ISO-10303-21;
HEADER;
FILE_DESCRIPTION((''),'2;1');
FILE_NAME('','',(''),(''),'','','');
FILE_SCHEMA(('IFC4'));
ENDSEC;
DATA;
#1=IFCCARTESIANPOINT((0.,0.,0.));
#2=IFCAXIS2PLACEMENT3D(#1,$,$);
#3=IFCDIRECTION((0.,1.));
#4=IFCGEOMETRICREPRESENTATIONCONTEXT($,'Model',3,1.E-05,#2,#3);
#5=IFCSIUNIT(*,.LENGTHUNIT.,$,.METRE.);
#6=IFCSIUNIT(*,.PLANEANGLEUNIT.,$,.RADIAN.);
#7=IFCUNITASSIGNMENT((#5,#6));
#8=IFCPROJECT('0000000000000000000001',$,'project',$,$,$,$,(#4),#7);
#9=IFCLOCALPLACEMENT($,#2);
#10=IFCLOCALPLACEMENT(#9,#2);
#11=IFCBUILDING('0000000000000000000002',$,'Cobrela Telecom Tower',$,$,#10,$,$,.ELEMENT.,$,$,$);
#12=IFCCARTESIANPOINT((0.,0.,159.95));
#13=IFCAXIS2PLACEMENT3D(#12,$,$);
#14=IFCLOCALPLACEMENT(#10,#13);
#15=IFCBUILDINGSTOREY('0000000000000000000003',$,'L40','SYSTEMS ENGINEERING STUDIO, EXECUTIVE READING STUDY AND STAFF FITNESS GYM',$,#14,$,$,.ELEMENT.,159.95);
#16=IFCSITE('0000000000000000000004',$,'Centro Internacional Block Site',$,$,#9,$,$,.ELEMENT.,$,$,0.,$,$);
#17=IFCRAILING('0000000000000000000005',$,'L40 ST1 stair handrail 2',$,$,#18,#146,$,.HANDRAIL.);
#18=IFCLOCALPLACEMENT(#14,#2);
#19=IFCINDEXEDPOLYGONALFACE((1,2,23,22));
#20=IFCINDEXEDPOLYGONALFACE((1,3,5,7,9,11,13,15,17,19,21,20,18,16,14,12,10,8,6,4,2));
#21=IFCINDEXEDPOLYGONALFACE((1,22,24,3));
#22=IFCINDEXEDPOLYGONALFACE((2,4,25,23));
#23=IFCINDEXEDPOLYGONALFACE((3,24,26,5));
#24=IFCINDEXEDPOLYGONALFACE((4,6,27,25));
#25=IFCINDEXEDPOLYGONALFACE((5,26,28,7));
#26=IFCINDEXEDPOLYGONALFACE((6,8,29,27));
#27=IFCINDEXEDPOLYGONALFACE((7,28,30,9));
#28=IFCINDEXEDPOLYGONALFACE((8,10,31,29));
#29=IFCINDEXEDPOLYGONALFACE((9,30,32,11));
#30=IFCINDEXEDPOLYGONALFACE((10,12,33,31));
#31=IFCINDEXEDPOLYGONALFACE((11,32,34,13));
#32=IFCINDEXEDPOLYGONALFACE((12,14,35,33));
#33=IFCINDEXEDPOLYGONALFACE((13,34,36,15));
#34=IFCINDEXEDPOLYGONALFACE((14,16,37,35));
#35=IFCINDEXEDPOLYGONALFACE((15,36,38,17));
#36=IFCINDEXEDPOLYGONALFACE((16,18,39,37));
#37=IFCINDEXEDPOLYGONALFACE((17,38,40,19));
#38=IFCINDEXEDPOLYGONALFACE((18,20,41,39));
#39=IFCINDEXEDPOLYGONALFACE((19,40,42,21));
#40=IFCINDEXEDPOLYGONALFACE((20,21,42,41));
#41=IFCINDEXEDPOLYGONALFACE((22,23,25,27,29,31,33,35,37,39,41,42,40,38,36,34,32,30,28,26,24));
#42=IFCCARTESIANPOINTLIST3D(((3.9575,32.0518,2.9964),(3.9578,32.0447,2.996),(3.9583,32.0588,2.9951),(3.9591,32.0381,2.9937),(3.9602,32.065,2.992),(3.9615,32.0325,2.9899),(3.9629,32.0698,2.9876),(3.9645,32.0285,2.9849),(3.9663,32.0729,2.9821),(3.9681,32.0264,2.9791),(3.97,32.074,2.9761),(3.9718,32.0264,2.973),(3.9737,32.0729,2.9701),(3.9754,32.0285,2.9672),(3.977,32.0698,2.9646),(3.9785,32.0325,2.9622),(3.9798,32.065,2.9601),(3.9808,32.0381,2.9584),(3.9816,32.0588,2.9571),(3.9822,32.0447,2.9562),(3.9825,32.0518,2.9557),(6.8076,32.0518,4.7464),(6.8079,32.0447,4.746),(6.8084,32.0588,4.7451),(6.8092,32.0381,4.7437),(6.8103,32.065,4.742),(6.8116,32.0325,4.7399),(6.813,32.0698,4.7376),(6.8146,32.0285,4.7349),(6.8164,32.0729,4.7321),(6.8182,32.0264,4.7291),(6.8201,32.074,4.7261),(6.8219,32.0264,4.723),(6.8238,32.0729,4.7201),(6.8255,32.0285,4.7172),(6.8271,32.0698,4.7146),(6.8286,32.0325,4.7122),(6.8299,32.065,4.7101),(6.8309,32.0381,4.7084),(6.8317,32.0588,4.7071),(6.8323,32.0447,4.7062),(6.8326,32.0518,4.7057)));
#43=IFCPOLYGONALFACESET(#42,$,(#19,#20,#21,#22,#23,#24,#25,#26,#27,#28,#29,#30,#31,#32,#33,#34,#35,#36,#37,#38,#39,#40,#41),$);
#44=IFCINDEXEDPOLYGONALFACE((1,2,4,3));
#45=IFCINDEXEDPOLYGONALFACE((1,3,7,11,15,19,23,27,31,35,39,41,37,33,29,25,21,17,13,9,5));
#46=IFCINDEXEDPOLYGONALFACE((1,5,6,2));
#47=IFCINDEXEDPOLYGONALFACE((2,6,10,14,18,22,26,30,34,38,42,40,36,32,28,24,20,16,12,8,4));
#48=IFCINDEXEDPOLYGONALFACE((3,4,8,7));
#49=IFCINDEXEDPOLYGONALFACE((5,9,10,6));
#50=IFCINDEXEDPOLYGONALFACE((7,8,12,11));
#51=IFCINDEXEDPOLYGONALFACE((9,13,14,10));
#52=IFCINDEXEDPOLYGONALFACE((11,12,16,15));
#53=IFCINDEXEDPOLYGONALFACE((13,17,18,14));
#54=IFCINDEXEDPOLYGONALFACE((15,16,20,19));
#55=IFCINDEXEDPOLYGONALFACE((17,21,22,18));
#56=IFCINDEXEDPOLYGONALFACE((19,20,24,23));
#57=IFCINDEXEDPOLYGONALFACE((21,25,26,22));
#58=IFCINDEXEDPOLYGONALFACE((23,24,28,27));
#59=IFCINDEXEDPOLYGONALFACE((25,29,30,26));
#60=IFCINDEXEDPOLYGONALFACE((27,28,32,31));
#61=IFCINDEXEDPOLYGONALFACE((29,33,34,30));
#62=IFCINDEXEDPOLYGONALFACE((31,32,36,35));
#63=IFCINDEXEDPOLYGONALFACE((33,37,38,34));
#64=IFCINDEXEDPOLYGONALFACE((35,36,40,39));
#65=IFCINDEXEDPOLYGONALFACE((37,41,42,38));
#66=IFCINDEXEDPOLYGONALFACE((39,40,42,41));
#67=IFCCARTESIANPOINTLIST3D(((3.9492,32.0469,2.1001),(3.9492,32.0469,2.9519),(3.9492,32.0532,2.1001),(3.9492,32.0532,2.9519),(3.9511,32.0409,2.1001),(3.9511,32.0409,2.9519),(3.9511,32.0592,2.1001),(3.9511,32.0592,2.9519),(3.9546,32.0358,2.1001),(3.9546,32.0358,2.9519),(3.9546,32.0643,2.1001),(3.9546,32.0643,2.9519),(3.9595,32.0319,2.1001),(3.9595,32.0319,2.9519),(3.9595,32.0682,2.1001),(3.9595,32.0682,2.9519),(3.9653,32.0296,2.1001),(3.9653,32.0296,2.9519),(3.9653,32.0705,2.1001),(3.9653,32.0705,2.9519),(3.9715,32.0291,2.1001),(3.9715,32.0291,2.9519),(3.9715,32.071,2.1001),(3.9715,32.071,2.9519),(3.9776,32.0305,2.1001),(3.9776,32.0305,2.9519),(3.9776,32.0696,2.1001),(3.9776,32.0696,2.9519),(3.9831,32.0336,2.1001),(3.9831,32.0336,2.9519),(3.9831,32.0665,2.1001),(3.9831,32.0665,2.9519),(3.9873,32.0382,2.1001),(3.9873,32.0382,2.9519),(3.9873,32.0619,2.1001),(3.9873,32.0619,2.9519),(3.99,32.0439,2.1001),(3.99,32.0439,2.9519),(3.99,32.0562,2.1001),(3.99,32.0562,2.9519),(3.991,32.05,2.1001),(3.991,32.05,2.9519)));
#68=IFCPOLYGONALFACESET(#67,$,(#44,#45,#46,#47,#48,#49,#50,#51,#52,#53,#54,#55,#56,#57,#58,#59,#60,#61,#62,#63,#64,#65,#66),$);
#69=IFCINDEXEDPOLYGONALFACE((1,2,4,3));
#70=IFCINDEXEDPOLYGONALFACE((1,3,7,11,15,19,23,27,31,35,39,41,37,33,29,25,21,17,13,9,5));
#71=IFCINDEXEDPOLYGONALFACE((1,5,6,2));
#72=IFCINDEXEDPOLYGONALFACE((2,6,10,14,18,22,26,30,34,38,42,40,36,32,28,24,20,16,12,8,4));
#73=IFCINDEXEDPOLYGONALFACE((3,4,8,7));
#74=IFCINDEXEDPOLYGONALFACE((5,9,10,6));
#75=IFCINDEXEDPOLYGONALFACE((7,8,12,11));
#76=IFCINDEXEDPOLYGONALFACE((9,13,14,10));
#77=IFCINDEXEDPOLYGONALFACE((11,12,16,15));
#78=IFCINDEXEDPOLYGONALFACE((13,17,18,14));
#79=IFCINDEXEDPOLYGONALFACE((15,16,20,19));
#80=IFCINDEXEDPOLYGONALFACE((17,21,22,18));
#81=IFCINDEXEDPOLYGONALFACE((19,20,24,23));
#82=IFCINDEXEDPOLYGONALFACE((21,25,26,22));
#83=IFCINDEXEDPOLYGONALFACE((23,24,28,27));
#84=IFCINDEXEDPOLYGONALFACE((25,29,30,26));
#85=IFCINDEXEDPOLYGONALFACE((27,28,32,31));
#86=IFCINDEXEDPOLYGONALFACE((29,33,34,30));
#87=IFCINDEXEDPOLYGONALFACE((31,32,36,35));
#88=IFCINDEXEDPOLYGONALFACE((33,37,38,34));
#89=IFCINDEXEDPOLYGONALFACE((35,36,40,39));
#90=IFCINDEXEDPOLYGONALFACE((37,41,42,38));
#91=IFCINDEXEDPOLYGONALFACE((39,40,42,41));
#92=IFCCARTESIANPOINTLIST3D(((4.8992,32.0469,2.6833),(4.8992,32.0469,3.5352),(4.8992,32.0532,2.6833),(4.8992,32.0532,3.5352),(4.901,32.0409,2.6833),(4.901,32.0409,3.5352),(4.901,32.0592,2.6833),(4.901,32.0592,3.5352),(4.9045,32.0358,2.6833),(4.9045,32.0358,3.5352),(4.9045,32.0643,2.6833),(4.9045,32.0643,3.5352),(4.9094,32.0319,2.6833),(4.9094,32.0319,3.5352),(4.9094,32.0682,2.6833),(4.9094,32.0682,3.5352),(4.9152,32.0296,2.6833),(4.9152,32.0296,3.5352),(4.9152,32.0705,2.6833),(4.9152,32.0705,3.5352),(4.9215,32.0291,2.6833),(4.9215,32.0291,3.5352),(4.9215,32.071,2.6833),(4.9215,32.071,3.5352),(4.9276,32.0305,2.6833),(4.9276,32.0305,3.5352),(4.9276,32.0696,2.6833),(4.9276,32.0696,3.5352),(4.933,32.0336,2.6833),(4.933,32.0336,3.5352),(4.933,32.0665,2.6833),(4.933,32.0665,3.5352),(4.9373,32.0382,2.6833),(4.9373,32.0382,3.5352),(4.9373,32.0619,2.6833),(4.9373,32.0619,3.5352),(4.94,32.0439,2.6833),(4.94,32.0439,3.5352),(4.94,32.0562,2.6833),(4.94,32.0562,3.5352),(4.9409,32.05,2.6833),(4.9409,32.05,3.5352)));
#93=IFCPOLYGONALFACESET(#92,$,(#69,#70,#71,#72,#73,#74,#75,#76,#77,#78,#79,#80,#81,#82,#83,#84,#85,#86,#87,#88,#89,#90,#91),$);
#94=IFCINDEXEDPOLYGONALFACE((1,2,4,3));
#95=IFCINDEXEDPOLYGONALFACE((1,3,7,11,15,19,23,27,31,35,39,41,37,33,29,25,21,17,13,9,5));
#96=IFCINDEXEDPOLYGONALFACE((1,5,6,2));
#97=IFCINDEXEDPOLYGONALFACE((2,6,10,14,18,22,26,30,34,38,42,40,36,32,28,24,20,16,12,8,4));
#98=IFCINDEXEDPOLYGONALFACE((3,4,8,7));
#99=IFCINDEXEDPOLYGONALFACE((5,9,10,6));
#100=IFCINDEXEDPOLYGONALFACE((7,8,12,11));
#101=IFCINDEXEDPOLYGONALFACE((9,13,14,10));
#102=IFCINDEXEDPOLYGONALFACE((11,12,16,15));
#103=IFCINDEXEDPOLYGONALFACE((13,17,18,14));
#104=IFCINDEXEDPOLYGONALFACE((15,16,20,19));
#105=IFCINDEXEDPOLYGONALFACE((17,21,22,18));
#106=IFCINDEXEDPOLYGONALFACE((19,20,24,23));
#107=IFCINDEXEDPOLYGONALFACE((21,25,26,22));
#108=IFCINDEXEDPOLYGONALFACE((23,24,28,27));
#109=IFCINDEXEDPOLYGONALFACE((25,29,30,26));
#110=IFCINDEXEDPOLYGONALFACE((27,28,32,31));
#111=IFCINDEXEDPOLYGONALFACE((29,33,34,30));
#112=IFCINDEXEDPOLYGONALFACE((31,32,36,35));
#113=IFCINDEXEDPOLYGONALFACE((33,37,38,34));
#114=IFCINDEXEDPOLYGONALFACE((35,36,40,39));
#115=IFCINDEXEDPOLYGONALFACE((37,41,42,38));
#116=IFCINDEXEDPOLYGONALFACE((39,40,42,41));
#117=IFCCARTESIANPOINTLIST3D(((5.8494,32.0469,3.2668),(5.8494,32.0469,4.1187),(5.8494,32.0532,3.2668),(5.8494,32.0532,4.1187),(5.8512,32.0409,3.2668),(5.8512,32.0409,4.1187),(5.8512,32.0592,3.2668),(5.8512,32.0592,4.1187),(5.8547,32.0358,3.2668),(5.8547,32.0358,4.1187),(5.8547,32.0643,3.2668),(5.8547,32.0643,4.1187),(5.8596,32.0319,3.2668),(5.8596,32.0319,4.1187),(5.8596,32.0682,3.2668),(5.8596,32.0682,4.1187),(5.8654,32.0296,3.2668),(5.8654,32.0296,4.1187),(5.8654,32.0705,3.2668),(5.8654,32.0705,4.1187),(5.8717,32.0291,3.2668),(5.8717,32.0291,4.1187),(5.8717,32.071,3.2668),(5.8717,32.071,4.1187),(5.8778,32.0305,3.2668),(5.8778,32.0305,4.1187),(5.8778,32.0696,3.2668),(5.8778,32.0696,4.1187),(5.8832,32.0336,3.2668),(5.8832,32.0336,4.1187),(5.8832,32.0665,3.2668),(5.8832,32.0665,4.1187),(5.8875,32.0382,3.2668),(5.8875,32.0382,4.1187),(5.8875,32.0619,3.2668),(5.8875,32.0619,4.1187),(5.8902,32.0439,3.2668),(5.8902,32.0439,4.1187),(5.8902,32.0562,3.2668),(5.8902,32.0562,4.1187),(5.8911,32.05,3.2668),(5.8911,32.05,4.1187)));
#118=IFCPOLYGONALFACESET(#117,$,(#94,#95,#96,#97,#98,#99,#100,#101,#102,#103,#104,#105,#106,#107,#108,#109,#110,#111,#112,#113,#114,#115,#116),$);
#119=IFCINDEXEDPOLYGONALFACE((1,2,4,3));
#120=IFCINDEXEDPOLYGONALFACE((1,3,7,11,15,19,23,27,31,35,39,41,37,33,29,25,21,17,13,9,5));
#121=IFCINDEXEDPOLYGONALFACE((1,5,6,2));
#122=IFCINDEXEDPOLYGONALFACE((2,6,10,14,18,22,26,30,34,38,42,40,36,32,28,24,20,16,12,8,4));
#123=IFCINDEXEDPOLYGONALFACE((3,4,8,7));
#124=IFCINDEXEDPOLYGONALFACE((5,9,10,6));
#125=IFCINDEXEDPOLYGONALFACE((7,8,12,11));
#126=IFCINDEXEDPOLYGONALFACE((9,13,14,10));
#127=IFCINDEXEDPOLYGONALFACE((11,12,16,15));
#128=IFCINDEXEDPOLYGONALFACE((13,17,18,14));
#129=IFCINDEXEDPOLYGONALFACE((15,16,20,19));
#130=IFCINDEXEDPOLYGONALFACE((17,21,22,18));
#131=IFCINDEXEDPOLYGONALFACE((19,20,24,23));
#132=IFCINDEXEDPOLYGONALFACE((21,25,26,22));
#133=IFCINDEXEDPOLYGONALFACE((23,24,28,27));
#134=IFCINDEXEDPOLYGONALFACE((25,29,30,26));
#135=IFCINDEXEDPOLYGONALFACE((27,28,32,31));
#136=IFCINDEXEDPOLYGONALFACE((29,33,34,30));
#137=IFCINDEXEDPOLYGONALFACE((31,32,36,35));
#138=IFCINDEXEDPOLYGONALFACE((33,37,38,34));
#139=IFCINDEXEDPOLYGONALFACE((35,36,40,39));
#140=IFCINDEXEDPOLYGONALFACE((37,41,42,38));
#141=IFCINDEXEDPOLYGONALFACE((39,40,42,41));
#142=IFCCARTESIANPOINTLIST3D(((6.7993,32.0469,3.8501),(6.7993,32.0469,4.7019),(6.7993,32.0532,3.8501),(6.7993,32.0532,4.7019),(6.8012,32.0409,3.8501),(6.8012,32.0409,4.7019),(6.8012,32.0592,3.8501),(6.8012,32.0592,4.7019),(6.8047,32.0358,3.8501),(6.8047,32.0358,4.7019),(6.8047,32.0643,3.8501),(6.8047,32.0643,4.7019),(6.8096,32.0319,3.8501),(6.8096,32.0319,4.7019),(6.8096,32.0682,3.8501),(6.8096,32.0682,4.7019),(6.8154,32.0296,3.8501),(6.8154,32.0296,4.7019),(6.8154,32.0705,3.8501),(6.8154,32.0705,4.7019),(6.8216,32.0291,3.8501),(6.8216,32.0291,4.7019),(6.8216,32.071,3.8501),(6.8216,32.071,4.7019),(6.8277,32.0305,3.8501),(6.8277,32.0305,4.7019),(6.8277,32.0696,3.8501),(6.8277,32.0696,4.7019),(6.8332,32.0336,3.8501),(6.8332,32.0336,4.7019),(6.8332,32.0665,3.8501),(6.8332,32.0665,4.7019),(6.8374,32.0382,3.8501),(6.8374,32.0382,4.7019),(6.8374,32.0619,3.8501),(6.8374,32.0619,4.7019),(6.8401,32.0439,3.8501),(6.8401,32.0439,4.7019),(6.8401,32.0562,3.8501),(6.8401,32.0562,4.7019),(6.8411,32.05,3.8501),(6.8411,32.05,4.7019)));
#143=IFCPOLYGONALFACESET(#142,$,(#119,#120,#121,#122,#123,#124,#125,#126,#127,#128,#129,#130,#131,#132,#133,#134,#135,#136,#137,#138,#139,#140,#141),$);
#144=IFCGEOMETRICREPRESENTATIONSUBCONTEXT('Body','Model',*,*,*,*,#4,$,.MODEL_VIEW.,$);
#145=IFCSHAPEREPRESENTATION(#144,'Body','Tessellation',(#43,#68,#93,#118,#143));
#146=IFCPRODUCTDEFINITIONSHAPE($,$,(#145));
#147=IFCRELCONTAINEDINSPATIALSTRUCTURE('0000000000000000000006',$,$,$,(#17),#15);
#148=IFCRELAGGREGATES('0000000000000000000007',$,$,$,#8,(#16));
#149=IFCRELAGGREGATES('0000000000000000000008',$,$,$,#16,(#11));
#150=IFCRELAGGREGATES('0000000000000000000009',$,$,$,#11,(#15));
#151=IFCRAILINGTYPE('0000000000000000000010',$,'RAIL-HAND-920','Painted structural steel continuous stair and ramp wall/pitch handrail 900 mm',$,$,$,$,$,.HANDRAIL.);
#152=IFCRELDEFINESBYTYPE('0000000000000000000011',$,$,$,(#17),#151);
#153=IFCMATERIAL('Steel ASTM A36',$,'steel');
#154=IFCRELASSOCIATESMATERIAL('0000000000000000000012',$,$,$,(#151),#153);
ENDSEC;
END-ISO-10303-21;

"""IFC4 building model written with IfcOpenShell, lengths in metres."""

from ifc_helpers import new_model, si_unit, direction, frame, origin, origin_2d, place, context, subcontext, project, spatial, circle, extrude, material, type_object, element, save


model = new_model("IFC4")

# Units and contexts
model_context = context("Model", 3, precision=1e-05, world=origin(), true_north=direction((0.0, 1.0)))
body_context = subcontext(model_context, "Body", "Model", "MODEL_VIEW")
ifc_project = project(units=[si_unit("LENGTHUNIT", "METRE"), si_unit("PLANEANGLEUNIT", "RADIAN")], contexts=[model_context])

# Site, building, storey
site_placement = place(None, origin())
site = spatial("IfcSite", under=ifc_project, at=site_placement, Name="Centro Internacional Block Site", CompositionType="ELEMENT", RefElevation=0.0)
building_placement = place(site_placement, origin())
building = spatial("IfcBuilding", under=site, at=building_placement, Name="Cobrela Telecom Tower", CompositionType="ELEMENT")
storey_placement = place(building_placement, frame((0.0, 0.0, 159.95)))
storey = spatial("IfcBuildingStorey", under=building, at=storey_placement, Name="L40", Description="SYSTEMS ENGINEERING STUDIO, EXECUTIVE READING STUDY AND STAFF FITNESS GYM", CompositionType="ELEMENT", Elevation=159.95)

# Shared definitions
ifc_material_1 = material(Name="Steel ASTM A36", Category="steel")

# Railing
railing_type_1 = type_object("IfcRailingType", Name="RAIL-HAND-920", Description="Painted structural steel continuous stair and ramp wall/pitch handrail 900 mm", PredefinedType="HANDRAIL", material=ifc_material_1)
railing_1_placement = place(storey_placement, frame((3.97, 32.05, 2.1001)))
element("IfcRailing", 1, at=railing_1_placement, inside=storey, type_object=railing_type_1, Name="L40 ST1 stair handrail 2", PredefinedType="HANDRAIL", context=body_context, shape_type="SweptSolid", body=[
    extrude(circle(Radius=0.0239, at=origin_2d()), frame((0.0, 0.0, 0.876), z_axis=(0.852179, 0.0, 0.52325), x_axis=(0.0, 1.0, 0.0)), (0.0, 0.0, 1.0), 3.3445),
    extrude(circle(Radius=0.021, at=origin_2d()), origin(), (0.0, 0.0, 1.0), 0.8518),
    extrude(circle(Radius=0.021, at=origin_2d()), frame((0.95, 0.0, 0.5833)), (0.0, 0.0, 1.0), 0.8518),
    extrude(circle(Radius=0.021, at=origin_2d()), frame((1.9001, 0.0, 1.1667)), (0.0, 0.0, 1.0), 0.8518),
    extrude(circle(Radius=0.021, at=origin_2d()), frame((2.8501, 0.0, 1.75)), (0.0, 0.0, 1.0), 0.8518),
])

save(model, "model.ifc")
